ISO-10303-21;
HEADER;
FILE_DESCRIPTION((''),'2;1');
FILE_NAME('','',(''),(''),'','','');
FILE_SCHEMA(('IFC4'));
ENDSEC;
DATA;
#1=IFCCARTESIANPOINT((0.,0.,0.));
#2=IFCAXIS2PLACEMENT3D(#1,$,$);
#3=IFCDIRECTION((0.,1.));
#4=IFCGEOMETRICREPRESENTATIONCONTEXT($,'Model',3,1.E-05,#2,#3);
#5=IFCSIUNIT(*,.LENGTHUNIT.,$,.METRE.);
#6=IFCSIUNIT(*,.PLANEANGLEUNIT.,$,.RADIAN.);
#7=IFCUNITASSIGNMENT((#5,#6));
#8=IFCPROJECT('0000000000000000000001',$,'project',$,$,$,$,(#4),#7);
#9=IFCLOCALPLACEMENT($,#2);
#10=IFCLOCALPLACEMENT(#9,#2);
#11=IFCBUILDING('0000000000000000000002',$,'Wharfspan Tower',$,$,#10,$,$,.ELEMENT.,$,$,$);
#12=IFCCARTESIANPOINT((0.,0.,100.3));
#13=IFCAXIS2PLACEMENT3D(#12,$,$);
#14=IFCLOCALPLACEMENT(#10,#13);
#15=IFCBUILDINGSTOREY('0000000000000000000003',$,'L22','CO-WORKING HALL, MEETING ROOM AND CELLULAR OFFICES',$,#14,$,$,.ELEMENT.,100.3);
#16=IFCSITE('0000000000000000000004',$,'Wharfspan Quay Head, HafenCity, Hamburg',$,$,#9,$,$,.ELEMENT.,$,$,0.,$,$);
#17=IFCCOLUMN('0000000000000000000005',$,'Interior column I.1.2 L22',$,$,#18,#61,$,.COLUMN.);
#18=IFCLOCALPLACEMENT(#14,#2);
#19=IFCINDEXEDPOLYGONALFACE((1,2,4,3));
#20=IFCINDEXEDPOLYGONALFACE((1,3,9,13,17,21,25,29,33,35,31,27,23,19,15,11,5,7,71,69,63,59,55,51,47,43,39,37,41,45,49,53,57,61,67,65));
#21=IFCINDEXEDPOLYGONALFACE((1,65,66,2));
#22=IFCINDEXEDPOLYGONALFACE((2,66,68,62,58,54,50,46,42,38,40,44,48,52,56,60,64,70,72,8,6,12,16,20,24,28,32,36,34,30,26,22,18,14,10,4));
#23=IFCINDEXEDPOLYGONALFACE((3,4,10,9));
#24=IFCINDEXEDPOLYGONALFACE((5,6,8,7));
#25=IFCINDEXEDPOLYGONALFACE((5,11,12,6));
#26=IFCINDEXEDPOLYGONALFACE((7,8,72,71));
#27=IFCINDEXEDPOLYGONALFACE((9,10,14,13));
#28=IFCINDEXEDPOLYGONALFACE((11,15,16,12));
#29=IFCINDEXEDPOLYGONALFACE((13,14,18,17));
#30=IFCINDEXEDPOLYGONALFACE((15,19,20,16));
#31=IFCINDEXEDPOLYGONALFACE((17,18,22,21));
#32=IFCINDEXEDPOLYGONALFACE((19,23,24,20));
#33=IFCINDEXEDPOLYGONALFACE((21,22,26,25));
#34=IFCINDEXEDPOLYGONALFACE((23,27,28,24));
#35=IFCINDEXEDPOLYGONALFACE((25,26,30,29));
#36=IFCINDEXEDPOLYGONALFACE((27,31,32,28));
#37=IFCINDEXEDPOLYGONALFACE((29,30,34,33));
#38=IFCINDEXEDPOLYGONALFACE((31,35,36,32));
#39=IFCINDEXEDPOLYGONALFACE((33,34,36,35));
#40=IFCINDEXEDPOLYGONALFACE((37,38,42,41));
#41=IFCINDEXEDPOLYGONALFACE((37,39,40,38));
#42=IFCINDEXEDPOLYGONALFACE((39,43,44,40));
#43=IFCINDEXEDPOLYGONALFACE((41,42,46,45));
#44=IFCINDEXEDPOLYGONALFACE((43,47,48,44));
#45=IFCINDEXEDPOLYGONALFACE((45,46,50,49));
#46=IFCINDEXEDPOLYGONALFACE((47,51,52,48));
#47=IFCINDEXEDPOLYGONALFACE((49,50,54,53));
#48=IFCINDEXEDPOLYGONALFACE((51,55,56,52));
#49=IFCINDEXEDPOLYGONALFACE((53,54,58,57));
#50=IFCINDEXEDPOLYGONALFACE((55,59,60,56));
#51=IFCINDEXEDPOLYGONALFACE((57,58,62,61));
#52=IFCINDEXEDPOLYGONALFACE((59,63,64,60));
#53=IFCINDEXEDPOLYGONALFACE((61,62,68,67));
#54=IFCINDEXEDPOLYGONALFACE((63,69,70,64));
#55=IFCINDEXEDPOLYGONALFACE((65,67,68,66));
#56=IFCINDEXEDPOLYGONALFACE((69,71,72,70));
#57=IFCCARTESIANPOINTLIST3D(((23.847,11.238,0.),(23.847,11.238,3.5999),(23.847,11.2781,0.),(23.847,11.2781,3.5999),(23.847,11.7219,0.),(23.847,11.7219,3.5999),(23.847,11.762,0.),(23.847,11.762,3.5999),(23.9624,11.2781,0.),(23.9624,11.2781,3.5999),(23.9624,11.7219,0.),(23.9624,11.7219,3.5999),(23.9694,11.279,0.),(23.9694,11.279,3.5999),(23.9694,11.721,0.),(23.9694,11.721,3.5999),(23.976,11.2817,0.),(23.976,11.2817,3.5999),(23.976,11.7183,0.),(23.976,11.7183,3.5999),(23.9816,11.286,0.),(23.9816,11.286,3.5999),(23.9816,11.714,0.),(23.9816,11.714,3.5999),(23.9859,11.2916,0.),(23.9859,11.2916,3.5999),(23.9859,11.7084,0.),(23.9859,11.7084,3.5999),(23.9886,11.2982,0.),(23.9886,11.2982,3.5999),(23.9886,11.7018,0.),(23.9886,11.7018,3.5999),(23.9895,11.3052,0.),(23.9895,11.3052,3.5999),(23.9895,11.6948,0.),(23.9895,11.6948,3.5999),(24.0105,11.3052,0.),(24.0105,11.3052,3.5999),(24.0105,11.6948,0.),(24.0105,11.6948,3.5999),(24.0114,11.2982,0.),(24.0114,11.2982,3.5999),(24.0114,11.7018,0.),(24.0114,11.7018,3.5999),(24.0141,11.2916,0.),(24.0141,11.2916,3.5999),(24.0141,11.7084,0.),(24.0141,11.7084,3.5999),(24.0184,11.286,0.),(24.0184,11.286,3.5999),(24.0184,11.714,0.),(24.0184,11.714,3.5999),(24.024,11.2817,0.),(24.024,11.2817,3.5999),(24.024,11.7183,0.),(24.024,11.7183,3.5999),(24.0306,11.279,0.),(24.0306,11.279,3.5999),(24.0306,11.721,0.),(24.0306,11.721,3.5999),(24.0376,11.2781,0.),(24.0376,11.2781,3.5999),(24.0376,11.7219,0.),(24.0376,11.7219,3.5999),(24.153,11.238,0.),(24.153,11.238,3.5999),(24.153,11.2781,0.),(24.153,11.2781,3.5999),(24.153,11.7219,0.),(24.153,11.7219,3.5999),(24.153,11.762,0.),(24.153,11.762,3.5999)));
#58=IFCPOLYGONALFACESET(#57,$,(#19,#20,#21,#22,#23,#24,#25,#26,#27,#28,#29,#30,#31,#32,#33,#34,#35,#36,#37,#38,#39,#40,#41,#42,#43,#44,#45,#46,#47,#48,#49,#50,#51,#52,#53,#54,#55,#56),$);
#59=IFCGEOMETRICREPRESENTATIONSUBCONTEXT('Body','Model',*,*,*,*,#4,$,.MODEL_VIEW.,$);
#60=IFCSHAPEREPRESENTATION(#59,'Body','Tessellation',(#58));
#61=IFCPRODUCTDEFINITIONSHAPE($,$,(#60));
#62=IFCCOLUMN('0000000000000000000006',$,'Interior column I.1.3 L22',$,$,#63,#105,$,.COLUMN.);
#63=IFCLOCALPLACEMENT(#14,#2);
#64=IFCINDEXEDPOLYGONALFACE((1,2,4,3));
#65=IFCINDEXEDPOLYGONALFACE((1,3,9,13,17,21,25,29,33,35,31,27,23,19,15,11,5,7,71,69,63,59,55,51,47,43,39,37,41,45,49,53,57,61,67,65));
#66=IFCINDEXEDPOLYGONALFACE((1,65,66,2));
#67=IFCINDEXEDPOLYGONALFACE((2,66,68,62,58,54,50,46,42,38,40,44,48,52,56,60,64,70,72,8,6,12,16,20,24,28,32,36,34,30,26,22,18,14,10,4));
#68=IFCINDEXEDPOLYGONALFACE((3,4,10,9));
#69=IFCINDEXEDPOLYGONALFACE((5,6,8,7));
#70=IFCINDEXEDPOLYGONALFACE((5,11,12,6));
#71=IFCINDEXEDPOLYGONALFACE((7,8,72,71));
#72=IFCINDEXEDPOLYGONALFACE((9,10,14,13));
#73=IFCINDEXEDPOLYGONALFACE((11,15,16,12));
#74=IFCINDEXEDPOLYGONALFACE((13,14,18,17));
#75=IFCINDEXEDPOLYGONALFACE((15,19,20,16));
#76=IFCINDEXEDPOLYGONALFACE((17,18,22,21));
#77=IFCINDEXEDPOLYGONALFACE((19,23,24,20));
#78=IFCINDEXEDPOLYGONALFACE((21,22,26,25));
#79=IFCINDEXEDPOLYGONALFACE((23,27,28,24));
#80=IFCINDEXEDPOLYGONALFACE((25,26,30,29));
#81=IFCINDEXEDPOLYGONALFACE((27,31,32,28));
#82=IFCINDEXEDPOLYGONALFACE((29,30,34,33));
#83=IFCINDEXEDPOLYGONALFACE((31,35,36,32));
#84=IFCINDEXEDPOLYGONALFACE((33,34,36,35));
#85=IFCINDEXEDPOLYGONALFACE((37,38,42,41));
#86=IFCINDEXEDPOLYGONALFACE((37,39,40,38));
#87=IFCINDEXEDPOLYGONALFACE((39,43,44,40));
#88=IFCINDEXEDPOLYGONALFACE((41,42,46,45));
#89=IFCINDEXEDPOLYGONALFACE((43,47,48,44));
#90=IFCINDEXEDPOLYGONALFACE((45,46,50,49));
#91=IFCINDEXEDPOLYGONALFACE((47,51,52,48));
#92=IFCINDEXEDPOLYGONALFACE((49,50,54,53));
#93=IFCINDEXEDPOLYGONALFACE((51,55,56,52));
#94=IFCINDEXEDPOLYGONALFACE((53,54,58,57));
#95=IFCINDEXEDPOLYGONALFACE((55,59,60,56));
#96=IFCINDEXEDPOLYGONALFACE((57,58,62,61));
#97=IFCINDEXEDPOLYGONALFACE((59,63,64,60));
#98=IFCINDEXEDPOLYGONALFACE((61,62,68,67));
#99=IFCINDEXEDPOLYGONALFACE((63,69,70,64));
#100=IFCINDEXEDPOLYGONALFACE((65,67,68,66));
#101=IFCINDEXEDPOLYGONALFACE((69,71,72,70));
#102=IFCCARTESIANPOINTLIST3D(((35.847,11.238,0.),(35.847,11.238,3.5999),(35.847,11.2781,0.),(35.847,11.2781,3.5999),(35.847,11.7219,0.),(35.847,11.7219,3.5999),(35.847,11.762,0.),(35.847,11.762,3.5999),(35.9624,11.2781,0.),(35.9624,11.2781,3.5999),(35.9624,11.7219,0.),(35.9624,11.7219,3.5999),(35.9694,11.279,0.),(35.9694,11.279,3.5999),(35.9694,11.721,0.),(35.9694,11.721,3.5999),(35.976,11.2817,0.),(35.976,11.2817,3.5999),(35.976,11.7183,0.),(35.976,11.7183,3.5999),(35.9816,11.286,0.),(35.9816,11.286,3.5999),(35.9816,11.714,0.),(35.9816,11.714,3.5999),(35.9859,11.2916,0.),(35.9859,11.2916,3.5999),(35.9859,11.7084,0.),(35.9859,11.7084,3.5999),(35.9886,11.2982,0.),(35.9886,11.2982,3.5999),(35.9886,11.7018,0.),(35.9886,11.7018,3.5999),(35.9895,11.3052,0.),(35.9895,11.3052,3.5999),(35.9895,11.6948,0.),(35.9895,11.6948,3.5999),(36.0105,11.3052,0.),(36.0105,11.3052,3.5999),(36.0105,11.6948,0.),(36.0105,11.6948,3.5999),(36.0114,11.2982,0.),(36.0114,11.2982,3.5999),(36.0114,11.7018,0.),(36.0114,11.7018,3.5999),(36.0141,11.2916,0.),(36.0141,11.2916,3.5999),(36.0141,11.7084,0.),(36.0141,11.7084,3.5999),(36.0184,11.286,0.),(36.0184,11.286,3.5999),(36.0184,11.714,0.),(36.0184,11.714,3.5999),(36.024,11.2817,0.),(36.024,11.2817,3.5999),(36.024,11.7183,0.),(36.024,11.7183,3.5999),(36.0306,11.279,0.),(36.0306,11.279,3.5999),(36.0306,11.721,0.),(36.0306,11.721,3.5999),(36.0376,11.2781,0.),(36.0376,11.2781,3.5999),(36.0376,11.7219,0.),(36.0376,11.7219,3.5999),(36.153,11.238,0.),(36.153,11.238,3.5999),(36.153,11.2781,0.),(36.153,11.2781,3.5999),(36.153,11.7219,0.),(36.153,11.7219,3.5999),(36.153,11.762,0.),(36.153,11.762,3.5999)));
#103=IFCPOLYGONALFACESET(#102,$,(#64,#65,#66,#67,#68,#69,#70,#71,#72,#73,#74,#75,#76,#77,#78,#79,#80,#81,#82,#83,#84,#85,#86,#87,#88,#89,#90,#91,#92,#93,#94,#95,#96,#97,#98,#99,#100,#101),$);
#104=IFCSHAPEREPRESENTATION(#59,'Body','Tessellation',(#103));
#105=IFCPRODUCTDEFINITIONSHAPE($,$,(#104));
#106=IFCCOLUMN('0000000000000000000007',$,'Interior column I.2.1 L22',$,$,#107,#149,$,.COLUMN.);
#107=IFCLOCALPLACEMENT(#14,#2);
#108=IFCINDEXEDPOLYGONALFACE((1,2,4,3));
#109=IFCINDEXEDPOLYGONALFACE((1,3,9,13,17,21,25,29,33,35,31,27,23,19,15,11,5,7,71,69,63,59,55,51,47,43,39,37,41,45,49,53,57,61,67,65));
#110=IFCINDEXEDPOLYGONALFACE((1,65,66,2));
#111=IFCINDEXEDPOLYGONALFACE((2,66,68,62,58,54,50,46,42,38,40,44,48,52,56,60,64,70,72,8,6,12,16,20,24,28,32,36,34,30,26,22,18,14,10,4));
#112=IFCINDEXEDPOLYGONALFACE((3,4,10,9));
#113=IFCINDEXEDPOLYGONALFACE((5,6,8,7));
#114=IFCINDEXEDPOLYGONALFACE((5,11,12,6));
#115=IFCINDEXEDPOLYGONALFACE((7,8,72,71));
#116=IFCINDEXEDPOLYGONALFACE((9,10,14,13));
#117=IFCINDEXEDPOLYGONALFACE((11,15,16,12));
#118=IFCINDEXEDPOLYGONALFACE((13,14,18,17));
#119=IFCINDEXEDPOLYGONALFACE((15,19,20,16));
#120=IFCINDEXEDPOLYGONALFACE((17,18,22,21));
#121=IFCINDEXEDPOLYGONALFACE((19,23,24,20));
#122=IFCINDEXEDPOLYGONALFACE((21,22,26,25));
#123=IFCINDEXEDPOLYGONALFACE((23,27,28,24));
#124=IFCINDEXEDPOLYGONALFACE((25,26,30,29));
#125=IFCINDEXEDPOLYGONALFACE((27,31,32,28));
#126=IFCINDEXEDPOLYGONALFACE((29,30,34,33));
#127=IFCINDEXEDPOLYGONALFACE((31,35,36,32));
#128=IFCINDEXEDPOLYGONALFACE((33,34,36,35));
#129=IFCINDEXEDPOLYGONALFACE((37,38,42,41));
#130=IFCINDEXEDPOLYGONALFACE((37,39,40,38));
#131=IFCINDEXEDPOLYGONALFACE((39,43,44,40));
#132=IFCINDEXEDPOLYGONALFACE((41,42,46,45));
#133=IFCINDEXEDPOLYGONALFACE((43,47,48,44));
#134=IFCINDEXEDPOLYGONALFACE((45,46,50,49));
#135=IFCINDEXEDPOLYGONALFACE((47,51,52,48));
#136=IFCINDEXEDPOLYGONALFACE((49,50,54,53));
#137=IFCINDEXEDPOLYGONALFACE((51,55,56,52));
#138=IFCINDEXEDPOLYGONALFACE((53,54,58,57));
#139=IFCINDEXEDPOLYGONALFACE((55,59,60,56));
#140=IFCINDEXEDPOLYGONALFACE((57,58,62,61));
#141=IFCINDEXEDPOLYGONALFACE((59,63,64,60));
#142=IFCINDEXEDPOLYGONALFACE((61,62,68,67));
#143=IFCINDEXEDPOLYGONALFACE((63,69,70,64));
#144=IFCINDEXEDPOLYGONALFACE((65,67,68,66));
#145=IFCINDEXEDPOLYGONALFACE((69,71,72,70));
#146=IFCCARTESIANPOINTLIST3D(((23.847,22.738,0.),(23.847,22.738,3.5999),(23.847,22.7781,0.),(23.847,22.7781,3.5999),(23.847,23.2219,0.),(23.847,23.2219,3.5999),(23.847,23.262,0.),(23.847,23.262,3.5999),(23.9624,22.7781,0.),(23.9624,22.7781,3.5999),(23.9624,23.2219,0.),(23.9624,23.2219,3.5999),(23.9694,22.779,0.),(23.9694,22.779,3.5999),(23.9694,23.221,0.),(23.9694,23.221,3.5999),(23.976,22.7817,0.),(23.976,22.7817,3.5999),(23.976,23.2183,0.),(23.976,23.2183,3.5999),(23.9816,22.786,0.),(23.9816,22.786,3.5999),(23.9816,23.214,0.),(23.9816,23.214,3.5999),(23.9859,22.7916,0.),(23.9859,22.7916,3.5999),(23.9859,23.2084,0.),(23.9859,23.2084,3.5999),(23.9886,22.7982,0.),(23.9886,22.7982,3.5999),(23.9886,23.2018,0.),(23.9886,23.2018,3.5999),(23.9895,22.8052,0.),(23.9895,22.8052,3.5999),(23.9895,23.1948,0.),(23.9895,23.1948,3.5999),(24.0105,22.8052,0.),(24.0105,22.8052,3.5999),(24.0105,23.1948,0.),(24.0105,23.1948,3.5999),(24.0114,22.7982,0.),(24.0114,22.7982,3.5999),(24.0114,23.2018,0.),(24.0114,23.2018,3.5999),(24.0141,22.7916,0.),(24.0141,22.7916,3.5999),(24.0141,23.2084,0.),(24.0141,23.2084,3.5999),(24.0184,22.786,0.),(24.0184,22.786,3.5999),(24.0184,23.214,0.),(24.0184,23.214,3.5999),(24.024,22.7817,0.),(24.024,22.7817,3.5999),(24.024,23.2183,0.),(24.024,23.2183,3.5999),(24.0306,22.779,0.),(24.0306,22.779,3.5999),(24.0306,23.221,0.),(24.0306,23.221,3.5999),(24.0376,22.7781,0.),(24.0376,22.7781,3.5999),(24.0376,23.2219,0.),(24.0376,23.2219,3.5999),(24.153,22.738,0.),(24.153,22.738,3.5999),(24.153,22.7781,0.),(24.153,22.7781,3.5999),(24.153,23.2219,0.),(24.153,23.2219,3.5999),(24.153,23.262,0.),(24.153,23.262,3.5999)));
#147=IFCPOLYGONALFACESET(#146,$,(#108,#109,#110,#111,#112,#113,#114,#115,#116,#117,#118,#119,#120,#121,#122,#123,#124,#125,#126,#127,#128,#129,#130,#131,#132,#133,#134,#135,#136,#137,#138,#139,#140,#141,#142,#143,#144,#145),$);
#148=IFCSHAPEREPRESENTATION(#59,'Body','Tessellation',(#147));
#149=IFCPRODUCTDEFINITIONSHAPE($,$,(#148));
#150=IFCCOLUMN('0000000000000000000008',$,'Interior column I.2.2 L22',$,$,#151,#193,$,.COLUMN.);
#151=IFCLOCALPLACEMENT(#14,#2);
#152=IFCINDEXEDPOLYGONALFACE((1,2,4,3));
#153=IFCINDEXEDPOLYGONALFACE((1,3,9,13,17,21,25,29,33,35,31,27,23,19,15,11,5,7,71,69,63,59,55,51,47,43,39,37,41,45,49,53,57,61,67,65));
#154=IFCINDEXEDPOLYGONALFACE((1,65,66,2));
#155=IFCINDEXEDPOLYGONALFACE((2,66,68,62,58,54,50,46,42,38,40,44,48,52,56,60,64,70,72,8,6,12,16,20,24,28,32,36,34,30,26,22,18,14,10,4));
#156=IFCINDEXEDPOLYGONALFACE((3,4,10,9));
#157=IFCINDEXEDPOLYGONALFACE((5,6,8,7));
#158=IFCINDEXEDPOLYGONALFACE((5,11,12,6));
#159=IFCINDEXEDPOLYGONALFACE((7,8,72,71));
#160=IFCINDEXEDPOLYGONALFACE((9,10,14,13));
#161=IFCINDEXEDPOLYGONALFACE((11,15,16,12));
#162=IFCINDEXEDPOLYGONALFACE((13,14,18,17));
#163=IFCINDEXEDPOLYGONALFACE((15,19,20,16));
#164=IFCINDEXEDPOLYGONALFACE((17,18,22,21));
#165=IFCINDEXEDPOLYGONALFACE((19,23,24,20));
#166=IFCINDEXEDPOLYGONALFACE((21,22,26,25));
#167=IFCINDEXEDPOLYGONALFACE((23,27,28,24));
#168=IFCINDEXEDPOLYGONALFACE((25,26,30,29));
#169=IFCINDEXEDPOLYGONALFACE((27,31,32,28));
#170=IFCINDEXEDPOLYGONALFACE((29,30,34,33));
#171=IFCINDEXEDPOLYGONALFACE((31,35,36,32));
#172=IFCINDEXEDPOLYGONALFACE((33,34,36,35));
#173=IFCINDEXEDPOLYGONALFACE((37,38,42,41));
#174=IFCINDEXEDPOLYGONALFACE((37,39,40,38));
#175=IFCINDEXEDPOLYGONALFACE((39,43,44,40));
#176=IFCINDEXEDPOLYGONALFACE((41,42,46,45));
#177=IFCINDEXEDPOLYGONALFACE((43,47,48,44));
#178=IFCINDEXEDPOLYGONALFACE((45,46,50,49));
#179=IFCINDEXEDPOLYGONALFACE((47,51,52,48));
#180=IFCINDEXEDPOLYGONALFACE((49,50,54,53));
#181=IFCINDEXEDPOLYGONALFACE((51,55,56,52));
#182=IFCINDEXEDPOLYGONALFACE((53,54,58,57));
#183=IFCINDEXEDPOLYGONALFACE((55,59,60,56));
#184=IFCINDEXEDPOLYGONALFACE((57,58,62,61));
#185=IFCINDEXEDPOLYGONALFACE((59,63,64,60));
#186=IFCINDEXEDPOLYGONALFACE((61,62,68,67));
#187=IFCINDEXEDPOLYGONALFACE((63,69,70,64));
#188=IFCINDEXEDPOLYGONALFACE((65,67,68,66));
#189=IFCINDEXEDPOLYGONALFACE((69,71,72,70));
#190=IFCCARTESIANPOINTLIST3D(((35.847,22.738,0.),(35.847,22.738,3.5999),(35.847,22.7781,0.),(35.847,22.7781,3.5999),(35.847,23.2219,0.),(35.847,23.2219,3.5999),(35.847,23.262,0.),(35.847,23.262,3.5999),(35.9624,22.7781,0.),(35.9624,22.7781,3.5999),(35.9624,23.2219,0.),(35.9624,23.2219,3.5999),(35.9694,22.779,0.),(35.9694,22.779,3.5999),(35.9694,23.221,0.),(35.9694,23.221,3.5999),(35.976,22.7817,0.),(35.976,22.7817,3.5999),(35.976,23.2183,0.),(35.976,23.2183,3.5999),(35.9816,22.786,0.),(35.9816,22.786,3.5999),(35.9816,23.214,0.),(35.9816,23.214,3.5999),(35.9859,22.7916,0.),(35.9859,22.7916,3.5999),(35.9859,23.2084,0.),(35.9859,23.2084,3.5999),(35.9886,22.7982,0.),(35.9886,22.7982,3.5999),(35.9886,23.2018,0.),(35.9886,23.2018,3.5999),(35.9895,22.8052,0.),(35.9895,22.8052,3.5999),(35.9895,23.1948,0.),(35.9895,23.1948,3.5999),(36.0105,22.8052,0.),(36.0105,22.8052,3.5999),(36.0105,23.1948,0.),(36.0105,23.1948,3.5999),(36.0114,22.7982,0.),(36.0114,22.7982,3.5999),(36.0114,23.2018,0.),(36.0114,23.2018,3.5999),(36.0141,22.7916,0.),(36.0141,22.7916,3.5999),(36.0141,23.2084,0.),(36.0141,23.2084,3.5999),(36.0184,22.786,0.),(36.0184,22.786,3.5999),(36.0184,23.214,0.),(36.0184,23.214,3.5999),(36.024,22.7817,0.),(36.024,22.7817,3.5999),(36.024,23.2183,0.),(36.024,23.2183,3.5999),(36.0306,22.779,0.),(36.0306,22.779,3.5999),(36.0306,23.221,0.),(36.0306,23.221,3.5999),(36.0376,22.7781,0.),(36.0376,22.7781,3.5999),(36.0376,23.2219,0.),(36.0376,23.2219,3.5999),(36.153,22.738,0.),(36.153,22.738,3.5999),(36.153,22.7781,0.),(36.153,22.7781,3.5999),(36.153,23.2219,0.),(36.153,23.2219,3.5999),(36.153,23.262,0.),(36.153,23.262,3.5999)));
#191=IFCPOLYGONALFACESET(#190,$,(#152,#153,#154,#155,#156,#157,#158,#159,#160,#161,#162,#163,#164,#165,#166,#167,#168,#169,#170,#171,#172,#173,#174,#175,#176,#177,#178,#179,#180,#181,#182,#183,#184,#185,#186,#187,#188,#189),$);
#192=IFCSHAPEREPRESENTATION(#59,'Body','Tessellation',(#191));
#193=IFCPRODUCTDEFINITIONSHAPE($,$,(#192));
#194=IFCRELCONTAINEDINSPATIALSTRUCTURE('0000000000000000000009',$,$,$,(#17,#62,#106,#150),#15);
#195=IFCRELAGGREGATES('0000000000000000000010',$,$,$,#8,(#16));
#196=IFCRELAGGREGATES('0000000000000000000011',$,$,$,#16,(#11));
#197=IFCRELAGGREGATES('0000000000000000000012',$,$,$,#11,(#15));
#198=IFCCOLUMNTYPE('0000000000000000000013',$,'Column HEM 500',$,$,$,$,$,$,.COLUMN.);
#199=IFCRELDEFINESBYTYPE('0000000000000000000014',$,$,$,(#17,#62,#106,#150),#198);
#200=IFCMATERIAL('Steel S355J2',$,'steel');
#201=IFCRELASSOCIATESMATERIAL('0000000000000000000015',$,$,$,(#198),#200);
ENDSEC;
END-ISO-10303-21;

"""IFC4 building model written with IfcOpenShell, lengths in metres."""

from ifc_helpers import new_model, si_unit, direction, frame, origin, origin_2d, place, context, subcontext, project, spatial, i_section, extrude, material, material_profile, profile_set, type_object, element, save


model = new_model("IFC4")

# Units and contexts
model_context = context("Model", 3, precision=1e-05, world=origin(), true_north=direction((0.0, 1.0)))
body_context = subcontext(model_context, "Body", "Model", "MODEL_VIEW")
ifc_project = project(units=[si_unit("LENGTHUNIT", "METRE"), si_unit("PLANEANGLEUNIT", "RADIAN")], contexts=[model_context])

# Site, building, storey
site_placement = place(None, origin())
site = spatial("IfcSite", under=ifc_project, at=site_placement, Name="Wharfspan Quay Head, HafenCity, Hamburg", CompositionType="ELEMENT", RefElevation=0.0)
building_placement = place(site_placement, origin())
building = spatial("IfcBuilding", under=site, at=building_placement, Name="Wharfspan Tower", CompositionType="ELEMENT")
storey_placement = place(building_placement, frame((0.0, 0.0, 100.3)))
storey = spatial("IfcBuildingStorey", under=building, at=storey_placement, Name="L22", Description="CO-WORKING HALL, MEETING ROOM AND CELLULAR OFFICES", CompositionType="ELEMENT", Elevation=100.3)

# Columns
ifc_material_1 = material(Name="Steel S355J2", Category="steel")
ifc_material_profile = material_profile(ifc_material_1, i_section(OverallWidth=0.3059, OverallDepth=0.5239, WebThickness=0.021, FlangeThickness=0.04, FilletRadius=0.0271, at=origin_2d()))
ifc_profile_set = profile_set([ifc_material_profile], Name="Steel S355J2")
column_type = type_object("IfcColumnType", Name="Column HEM 500", PredefinedType="COLUMN", material=ifc_profile_set)
for number, where, z_axis, x_axis, name in (
    (1, (24.0, 11.5, 0.0), (0.0, 0.0, 1.0), (1.0, 0.0, 0.0), "Interior column I.1.2 L22"),
    (2, (36.0, 11.5, 0.0), (0.0, 0.0, 1.0), (1.0, 0.0, 0.0), "Interior column I.1.3 L22"),
    (3, (24.0, 23.0, 0.0), (0.0, 0.0, 1.0), (1.0, 0.0, 0.0), "Interior column I.2.1 L22"),
    (4, (36.0, 23.0, 0.0), (0.0, 0.0, 1.0), (1.0, 0.0, 0.0), "Interior column I.2.2 L22"),
):
    element("IfcColumn", number, at=place(storey_placement, frame(where, z_axis=z_axis, x_axis=x_axis)), inside=storey, type_object=column_type, Name=name, PredefinedType="COLUMN", context=body_context, shape_type="SweptSolid", body=[
        extrude(i_section(OverallWidth=0.3059, OverallDepth=0.5239, WebThickness=0.021, FlangeThickness=0.04, FilletRadius=0.0271, at=origin_2d()), origin(), (0.0, 0.0, 1.0), 3.5999),
    ])

save(model, "model.ifc")
